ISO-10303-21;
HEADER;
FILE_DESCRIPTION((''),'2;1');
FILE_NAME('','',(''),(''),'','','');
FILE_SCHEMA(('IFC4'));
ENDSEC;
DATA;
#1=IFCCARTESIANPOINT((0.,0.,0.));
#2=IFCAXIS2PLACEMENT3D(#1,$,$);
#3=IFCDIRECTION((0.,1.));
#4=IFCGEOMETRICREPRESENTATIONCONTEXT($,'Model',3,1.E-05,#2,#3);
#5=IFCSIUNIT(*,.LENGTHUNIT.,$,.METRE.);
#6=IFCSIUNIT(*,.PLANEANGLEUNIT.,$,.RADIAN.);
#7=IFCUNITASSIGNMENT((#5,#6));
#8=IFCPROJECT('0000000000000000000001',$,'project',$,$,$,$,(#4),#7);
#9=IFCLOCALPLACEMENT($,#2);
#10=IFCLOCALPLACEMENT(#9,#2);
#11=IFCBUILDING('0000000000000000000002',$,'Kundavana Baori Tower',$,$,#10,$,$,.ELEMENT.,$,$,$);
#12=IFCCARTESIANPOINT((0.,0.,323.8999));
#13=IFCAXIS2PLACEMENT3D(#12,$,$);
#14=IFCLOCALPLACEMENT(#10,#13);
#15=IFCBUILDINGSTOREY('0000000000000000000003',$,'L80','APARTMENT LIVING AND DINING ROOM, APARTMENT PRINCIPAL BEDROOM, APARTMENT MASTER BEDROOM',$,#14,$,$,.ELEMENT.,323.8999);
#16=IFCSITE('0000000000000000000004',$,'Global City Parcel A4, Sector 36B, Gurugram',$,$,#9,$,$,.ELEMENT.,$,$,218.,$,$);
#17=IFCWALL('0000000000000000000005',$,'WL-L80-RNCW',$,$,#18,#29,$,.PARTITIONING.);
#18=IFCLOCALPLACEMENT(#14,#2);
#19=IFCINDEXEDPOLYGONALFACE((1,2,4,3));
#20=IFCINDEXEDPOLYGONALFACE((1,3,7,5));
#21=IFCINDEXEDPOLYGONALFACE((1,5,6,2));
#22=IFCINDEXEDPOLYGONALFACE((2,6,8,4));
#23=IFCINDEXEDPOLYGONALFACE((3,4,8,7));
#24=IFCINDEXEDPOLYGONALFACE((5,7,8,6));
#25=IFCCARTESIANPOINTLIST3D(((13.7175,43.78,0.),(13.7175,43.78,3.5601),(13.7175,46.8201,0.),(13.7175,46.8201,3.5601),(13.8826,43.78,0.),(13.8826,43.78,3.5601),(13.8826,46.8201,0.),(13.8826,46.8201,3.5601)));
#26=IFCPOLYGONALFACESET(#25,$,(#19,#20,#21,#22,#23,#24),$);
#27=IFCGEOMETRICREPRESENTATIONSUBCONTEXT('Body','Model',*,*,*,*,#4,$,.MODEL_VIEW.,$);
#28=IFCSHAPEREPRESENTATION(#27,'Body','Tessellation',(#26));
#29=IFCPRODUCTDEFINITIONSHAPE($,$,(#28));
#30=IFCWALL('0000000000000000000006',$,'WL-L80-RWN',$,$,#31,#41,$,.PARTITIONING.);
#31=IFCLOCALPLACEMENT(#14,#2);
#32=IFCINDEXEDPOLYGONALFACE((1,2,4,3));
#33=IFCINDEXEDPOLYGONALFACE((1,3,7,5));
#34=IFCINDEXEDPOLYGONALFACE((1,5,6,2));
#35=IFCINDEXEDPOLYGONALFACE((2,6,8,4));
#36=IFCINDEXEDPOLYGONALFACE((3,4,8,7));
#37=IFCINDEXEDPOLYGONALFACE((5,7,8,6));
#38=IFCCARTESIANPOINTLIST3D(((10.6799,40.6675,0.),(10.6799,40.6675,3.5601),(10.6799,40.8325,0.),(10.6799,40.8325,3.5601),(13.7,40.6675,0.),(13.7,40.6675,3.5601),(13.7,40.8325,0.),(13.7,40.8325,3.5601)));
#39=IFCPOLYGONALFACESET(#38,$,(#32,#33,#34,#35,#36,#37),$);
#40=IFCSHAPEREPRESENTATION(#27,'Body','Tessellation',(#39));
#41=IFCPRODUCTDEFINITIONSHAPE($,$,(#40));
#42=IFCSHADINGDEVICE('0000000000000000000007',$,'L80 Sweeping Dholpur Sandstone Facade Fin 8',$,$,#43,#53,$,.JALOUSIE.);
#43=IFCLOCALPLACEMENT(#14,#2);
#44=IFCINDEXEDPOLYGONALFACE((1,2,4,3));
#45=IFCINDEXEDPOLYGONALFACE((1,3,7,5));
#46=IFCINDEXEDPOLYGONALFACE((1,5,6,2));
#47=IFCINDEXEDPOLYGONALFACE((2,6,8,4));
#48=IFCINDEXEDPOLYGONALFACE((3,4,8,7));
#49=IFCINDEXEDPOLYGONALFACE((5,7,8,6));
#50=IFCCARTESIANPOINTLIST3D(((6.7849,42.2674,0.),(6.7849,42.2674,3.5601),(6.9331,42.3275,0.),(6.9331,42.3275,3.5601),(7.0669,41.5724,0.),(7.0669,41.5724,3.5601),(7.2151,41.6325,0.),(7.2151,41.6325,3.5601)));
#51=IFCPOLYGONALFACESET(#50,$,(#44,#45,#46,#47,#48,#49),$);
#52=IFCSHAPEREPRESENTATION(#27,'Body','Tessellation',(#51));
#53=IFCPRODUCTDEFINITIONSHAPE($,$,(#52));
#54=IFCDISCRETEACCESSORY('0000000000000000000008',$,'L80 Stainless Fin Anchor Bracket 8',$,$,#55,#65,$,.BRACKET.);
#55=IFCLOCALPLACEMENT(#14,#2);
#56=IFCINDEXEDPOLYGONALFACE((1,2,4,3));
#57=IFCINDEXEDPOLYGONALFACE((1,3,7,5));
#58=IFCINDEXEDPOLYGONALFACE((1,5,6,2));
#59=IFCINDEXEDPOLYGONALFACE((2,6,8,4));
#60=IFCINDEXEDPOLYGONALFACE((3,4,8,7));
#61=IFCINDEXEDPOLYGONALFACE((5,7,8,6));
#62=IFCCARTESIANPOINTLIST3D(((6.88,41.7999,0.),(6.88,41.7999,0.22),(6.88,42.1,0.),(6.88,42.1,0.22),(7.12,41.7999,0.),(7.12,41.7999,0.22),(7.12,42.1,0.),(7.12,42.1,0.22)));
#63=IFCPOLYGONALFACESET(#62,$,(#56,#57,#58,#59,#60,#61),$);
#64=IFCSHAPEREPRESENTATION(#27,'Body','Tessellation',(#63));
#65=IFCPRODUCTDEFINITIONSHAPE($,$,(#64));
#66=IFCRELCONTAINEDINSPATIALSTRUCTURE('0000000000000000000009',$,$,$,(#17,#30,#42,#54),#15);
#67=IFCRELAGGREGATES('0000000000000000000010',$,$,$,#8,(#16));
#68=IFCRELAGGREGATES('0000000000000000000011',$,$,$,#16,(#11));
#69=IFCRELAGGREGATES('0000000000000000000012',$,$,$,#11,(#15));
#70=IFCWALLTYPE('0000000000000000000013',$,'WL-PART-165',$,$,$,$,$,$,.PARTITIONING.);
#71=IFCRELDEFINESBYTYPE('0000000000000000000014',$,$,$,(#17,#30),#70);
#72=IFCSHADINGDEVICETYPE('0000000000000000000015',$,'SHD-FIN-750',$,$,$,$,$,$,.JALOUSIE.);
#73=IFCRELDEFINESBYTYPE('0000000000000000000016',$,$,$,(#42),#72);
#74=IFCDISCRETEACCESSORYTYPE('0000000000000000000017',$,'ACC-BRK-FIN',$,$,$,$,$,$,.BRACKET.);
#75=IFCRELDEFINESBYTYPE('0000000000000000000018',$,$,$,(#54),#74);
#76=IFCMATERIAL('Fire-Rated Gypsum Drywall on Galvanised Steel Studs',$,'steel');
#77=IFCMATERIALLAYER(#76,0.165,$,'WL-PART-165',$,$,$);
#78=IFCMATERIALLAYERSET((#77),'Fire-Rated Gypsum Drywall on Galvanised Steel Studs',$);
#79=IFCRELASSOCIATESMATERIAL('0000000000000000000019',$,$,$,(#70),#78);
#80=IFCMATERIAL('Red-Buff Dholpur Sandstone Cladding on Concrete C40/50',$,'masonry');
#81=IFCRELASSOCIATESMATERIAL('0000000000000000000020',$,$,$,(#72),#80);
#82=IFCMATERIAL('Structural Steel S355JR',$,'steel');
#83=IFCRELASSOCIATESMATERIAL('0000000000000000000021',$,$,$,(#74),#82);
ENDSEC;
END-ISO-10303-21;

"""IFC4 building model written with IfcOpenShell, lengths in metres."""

from ifc_helpers import new_model, si_unit, direction, frame, frame_2d, origin, origin_2d, place, context, subcontext, project, spatial, rectangle, extrude, material, layer, layer_set, type_object, element, save


model = new_model("IFC4")

# Units and contexts
model_context = context("Model", 3, precision=1e-05, world=origin(), true_north=direction((0.0, 1.0)))
body_context = subcontext(model_context, "Body", "Model", "MODEL_VIEW")
ifc_project = project(units=[si_unit("LENGTHUNIT", "METRE"), si_unit("PLANEANGLEUNIT", "RADIAN")], contexts=[model_context])

# Site, building, storey
site_placement = place(None, origin())
site = spatial("IfcSite", under=ifc_project, at=site_placement, Name="Global City Parcel A4, Sector 36B, Gurugram", CompositionType="ELEMENT", RefElevation=218.0)
building_placement = place(site_placement, origin())
building = spatial("IfcBuilding", under=site, at=building_placement, Name="Kundavana Baori Tower", CompositionType="ELEMENT")
storey_placement = place(building_placement, frame((0.0, 0.0, 323.8999)))
storey = spatial("IfcBuildingStorey", under=building, at=storey_placement, Name="L80", Description="APARTMENT LIVING AND DINING ROOM, APARTMENT PRINCIPAL BEDROOM, APARTMENT MASTER BEDROOM", CompositionType="ELEMENT", Elevation=323.8999)

# Shared definitions
ifc_material_1 = material(Name="Fire-Rated Gypsum Drywall on Galvanised Steel Studs", Category="steel")
ifc_layer_1 = layer(ifc_material_1, 0.165, Name="WL-PART-165")
ifc_layer_set_1 = layer_set([ifc_layer_1], Name="Fire-Rated Gypsum Drywall on Galvanised Steel Studs")
wall_type_1 = type_object("IfcWallType", Name="WL-PART-165", PredefinedType="PARTITIONING", material=ifc_layer_set_1)

# Walls
wall_1_placement = place(storey_placement, frame((13.8, 43.78, 0.0), z_axis=(0.0, 0.0, 1.0), x_axis=(0.0, 1.0, 0.0)))
element("IfcWall", 1, at=wall_1_placement, inside=storey, type_object=wall_type_1, Name="WL-L80-RNCW", PredefinedType="PARTITIONING", context=body_context, shape_type="SweptSolid", body=[
    extrude(rectangle(XDim=3.04, YDim=0.165, at=frame_2d((1.52, 0.0))), origin(), (0.0, 0.0, 1.0), 3.5601),
])
wall_2_placement = place(storey_placement, frame((10.6799, 40.75, 0.0), z_axis=(0.0, 0.0, 1.0), x_axis=(1.0, 0.0, 0.0)))
element("IfcWall", 2, at=wall_2_placement, inside=storey, type_object=wall_type_1, Name="WL-L80-RWN", PredefinedType="PARTITIONING", context=body_context, shape_type="SweptSolid", body=[
    extrude(rectangle(XDim=3.02, YDim=0.165, at=frame_2d((1.51, 0.0))), origin(), (0.0, 0.0, 1.0), 3.5601),
])

# Shading device
ifc_material_2 = material(Name="Red-Buff Dholpur Sandstone Cladding on Concrete C40/50", Category="masonry")
shading_device_type = type_object("IfcShadingDeviceType", Name="SHD-FIN-750", PredefinedType="JALOUSIE", material=ifc_material_2)
shading_device_placement = place(storey_placement, frame((7.0, 41.95, 0.0), z_axis=(0.0, 0.0, 1.0), x_axis=(0.92666, 0.375901, 0.0)))
element("IfcShadingDevice", 3, at=shading_device_placement, inside=storey, type_object=shading_device_type, Name="L80 Sweeping Dholpur Sandstone Facade Fin 8", PredefinedType="JALOUSIE", context=body_context, shape_type="SweptSolid", body=[
    extrude(rectangle(XDim=0.1599, YDim=0.75, at=origin_2d()), origin(), (0.0, 0.0, 1.0), 3.5601),
])

# Discrete accessory
ifc_material_3 = material(Name="Structural Steel S355JR", Category="steel")
discrete_accessory_type = type_object("IfcDiscreteAccessoryType", Name="ACC-BRK-FIN", PredefinedType="BRACKET", material=ifc_material_3)
discrete_accessory_placement = place(storey_placement, frame((7.0, 41.95, 0.0), z_axis=(0.0, 0.0, 1.0), x_axis=(1.0, 0.0, 0.0)))
element("IfcDiscreteAccessory", 4, at=discrete_accessory_placement, inside=storey, type_object=discrete_accessory_type, Name="L80 Stainless Fin Anchor Bracket 8", PredefinedType="BRACKET", context=body_context, shape_type="SweptSolid", body=[
    extrude(rectangle(XDim=0.24, YDim=0.3, at=origin_2d()), origin(), (0.0, 0.0, 1.0), 0.22),
])

save(model, "model.ifc")
